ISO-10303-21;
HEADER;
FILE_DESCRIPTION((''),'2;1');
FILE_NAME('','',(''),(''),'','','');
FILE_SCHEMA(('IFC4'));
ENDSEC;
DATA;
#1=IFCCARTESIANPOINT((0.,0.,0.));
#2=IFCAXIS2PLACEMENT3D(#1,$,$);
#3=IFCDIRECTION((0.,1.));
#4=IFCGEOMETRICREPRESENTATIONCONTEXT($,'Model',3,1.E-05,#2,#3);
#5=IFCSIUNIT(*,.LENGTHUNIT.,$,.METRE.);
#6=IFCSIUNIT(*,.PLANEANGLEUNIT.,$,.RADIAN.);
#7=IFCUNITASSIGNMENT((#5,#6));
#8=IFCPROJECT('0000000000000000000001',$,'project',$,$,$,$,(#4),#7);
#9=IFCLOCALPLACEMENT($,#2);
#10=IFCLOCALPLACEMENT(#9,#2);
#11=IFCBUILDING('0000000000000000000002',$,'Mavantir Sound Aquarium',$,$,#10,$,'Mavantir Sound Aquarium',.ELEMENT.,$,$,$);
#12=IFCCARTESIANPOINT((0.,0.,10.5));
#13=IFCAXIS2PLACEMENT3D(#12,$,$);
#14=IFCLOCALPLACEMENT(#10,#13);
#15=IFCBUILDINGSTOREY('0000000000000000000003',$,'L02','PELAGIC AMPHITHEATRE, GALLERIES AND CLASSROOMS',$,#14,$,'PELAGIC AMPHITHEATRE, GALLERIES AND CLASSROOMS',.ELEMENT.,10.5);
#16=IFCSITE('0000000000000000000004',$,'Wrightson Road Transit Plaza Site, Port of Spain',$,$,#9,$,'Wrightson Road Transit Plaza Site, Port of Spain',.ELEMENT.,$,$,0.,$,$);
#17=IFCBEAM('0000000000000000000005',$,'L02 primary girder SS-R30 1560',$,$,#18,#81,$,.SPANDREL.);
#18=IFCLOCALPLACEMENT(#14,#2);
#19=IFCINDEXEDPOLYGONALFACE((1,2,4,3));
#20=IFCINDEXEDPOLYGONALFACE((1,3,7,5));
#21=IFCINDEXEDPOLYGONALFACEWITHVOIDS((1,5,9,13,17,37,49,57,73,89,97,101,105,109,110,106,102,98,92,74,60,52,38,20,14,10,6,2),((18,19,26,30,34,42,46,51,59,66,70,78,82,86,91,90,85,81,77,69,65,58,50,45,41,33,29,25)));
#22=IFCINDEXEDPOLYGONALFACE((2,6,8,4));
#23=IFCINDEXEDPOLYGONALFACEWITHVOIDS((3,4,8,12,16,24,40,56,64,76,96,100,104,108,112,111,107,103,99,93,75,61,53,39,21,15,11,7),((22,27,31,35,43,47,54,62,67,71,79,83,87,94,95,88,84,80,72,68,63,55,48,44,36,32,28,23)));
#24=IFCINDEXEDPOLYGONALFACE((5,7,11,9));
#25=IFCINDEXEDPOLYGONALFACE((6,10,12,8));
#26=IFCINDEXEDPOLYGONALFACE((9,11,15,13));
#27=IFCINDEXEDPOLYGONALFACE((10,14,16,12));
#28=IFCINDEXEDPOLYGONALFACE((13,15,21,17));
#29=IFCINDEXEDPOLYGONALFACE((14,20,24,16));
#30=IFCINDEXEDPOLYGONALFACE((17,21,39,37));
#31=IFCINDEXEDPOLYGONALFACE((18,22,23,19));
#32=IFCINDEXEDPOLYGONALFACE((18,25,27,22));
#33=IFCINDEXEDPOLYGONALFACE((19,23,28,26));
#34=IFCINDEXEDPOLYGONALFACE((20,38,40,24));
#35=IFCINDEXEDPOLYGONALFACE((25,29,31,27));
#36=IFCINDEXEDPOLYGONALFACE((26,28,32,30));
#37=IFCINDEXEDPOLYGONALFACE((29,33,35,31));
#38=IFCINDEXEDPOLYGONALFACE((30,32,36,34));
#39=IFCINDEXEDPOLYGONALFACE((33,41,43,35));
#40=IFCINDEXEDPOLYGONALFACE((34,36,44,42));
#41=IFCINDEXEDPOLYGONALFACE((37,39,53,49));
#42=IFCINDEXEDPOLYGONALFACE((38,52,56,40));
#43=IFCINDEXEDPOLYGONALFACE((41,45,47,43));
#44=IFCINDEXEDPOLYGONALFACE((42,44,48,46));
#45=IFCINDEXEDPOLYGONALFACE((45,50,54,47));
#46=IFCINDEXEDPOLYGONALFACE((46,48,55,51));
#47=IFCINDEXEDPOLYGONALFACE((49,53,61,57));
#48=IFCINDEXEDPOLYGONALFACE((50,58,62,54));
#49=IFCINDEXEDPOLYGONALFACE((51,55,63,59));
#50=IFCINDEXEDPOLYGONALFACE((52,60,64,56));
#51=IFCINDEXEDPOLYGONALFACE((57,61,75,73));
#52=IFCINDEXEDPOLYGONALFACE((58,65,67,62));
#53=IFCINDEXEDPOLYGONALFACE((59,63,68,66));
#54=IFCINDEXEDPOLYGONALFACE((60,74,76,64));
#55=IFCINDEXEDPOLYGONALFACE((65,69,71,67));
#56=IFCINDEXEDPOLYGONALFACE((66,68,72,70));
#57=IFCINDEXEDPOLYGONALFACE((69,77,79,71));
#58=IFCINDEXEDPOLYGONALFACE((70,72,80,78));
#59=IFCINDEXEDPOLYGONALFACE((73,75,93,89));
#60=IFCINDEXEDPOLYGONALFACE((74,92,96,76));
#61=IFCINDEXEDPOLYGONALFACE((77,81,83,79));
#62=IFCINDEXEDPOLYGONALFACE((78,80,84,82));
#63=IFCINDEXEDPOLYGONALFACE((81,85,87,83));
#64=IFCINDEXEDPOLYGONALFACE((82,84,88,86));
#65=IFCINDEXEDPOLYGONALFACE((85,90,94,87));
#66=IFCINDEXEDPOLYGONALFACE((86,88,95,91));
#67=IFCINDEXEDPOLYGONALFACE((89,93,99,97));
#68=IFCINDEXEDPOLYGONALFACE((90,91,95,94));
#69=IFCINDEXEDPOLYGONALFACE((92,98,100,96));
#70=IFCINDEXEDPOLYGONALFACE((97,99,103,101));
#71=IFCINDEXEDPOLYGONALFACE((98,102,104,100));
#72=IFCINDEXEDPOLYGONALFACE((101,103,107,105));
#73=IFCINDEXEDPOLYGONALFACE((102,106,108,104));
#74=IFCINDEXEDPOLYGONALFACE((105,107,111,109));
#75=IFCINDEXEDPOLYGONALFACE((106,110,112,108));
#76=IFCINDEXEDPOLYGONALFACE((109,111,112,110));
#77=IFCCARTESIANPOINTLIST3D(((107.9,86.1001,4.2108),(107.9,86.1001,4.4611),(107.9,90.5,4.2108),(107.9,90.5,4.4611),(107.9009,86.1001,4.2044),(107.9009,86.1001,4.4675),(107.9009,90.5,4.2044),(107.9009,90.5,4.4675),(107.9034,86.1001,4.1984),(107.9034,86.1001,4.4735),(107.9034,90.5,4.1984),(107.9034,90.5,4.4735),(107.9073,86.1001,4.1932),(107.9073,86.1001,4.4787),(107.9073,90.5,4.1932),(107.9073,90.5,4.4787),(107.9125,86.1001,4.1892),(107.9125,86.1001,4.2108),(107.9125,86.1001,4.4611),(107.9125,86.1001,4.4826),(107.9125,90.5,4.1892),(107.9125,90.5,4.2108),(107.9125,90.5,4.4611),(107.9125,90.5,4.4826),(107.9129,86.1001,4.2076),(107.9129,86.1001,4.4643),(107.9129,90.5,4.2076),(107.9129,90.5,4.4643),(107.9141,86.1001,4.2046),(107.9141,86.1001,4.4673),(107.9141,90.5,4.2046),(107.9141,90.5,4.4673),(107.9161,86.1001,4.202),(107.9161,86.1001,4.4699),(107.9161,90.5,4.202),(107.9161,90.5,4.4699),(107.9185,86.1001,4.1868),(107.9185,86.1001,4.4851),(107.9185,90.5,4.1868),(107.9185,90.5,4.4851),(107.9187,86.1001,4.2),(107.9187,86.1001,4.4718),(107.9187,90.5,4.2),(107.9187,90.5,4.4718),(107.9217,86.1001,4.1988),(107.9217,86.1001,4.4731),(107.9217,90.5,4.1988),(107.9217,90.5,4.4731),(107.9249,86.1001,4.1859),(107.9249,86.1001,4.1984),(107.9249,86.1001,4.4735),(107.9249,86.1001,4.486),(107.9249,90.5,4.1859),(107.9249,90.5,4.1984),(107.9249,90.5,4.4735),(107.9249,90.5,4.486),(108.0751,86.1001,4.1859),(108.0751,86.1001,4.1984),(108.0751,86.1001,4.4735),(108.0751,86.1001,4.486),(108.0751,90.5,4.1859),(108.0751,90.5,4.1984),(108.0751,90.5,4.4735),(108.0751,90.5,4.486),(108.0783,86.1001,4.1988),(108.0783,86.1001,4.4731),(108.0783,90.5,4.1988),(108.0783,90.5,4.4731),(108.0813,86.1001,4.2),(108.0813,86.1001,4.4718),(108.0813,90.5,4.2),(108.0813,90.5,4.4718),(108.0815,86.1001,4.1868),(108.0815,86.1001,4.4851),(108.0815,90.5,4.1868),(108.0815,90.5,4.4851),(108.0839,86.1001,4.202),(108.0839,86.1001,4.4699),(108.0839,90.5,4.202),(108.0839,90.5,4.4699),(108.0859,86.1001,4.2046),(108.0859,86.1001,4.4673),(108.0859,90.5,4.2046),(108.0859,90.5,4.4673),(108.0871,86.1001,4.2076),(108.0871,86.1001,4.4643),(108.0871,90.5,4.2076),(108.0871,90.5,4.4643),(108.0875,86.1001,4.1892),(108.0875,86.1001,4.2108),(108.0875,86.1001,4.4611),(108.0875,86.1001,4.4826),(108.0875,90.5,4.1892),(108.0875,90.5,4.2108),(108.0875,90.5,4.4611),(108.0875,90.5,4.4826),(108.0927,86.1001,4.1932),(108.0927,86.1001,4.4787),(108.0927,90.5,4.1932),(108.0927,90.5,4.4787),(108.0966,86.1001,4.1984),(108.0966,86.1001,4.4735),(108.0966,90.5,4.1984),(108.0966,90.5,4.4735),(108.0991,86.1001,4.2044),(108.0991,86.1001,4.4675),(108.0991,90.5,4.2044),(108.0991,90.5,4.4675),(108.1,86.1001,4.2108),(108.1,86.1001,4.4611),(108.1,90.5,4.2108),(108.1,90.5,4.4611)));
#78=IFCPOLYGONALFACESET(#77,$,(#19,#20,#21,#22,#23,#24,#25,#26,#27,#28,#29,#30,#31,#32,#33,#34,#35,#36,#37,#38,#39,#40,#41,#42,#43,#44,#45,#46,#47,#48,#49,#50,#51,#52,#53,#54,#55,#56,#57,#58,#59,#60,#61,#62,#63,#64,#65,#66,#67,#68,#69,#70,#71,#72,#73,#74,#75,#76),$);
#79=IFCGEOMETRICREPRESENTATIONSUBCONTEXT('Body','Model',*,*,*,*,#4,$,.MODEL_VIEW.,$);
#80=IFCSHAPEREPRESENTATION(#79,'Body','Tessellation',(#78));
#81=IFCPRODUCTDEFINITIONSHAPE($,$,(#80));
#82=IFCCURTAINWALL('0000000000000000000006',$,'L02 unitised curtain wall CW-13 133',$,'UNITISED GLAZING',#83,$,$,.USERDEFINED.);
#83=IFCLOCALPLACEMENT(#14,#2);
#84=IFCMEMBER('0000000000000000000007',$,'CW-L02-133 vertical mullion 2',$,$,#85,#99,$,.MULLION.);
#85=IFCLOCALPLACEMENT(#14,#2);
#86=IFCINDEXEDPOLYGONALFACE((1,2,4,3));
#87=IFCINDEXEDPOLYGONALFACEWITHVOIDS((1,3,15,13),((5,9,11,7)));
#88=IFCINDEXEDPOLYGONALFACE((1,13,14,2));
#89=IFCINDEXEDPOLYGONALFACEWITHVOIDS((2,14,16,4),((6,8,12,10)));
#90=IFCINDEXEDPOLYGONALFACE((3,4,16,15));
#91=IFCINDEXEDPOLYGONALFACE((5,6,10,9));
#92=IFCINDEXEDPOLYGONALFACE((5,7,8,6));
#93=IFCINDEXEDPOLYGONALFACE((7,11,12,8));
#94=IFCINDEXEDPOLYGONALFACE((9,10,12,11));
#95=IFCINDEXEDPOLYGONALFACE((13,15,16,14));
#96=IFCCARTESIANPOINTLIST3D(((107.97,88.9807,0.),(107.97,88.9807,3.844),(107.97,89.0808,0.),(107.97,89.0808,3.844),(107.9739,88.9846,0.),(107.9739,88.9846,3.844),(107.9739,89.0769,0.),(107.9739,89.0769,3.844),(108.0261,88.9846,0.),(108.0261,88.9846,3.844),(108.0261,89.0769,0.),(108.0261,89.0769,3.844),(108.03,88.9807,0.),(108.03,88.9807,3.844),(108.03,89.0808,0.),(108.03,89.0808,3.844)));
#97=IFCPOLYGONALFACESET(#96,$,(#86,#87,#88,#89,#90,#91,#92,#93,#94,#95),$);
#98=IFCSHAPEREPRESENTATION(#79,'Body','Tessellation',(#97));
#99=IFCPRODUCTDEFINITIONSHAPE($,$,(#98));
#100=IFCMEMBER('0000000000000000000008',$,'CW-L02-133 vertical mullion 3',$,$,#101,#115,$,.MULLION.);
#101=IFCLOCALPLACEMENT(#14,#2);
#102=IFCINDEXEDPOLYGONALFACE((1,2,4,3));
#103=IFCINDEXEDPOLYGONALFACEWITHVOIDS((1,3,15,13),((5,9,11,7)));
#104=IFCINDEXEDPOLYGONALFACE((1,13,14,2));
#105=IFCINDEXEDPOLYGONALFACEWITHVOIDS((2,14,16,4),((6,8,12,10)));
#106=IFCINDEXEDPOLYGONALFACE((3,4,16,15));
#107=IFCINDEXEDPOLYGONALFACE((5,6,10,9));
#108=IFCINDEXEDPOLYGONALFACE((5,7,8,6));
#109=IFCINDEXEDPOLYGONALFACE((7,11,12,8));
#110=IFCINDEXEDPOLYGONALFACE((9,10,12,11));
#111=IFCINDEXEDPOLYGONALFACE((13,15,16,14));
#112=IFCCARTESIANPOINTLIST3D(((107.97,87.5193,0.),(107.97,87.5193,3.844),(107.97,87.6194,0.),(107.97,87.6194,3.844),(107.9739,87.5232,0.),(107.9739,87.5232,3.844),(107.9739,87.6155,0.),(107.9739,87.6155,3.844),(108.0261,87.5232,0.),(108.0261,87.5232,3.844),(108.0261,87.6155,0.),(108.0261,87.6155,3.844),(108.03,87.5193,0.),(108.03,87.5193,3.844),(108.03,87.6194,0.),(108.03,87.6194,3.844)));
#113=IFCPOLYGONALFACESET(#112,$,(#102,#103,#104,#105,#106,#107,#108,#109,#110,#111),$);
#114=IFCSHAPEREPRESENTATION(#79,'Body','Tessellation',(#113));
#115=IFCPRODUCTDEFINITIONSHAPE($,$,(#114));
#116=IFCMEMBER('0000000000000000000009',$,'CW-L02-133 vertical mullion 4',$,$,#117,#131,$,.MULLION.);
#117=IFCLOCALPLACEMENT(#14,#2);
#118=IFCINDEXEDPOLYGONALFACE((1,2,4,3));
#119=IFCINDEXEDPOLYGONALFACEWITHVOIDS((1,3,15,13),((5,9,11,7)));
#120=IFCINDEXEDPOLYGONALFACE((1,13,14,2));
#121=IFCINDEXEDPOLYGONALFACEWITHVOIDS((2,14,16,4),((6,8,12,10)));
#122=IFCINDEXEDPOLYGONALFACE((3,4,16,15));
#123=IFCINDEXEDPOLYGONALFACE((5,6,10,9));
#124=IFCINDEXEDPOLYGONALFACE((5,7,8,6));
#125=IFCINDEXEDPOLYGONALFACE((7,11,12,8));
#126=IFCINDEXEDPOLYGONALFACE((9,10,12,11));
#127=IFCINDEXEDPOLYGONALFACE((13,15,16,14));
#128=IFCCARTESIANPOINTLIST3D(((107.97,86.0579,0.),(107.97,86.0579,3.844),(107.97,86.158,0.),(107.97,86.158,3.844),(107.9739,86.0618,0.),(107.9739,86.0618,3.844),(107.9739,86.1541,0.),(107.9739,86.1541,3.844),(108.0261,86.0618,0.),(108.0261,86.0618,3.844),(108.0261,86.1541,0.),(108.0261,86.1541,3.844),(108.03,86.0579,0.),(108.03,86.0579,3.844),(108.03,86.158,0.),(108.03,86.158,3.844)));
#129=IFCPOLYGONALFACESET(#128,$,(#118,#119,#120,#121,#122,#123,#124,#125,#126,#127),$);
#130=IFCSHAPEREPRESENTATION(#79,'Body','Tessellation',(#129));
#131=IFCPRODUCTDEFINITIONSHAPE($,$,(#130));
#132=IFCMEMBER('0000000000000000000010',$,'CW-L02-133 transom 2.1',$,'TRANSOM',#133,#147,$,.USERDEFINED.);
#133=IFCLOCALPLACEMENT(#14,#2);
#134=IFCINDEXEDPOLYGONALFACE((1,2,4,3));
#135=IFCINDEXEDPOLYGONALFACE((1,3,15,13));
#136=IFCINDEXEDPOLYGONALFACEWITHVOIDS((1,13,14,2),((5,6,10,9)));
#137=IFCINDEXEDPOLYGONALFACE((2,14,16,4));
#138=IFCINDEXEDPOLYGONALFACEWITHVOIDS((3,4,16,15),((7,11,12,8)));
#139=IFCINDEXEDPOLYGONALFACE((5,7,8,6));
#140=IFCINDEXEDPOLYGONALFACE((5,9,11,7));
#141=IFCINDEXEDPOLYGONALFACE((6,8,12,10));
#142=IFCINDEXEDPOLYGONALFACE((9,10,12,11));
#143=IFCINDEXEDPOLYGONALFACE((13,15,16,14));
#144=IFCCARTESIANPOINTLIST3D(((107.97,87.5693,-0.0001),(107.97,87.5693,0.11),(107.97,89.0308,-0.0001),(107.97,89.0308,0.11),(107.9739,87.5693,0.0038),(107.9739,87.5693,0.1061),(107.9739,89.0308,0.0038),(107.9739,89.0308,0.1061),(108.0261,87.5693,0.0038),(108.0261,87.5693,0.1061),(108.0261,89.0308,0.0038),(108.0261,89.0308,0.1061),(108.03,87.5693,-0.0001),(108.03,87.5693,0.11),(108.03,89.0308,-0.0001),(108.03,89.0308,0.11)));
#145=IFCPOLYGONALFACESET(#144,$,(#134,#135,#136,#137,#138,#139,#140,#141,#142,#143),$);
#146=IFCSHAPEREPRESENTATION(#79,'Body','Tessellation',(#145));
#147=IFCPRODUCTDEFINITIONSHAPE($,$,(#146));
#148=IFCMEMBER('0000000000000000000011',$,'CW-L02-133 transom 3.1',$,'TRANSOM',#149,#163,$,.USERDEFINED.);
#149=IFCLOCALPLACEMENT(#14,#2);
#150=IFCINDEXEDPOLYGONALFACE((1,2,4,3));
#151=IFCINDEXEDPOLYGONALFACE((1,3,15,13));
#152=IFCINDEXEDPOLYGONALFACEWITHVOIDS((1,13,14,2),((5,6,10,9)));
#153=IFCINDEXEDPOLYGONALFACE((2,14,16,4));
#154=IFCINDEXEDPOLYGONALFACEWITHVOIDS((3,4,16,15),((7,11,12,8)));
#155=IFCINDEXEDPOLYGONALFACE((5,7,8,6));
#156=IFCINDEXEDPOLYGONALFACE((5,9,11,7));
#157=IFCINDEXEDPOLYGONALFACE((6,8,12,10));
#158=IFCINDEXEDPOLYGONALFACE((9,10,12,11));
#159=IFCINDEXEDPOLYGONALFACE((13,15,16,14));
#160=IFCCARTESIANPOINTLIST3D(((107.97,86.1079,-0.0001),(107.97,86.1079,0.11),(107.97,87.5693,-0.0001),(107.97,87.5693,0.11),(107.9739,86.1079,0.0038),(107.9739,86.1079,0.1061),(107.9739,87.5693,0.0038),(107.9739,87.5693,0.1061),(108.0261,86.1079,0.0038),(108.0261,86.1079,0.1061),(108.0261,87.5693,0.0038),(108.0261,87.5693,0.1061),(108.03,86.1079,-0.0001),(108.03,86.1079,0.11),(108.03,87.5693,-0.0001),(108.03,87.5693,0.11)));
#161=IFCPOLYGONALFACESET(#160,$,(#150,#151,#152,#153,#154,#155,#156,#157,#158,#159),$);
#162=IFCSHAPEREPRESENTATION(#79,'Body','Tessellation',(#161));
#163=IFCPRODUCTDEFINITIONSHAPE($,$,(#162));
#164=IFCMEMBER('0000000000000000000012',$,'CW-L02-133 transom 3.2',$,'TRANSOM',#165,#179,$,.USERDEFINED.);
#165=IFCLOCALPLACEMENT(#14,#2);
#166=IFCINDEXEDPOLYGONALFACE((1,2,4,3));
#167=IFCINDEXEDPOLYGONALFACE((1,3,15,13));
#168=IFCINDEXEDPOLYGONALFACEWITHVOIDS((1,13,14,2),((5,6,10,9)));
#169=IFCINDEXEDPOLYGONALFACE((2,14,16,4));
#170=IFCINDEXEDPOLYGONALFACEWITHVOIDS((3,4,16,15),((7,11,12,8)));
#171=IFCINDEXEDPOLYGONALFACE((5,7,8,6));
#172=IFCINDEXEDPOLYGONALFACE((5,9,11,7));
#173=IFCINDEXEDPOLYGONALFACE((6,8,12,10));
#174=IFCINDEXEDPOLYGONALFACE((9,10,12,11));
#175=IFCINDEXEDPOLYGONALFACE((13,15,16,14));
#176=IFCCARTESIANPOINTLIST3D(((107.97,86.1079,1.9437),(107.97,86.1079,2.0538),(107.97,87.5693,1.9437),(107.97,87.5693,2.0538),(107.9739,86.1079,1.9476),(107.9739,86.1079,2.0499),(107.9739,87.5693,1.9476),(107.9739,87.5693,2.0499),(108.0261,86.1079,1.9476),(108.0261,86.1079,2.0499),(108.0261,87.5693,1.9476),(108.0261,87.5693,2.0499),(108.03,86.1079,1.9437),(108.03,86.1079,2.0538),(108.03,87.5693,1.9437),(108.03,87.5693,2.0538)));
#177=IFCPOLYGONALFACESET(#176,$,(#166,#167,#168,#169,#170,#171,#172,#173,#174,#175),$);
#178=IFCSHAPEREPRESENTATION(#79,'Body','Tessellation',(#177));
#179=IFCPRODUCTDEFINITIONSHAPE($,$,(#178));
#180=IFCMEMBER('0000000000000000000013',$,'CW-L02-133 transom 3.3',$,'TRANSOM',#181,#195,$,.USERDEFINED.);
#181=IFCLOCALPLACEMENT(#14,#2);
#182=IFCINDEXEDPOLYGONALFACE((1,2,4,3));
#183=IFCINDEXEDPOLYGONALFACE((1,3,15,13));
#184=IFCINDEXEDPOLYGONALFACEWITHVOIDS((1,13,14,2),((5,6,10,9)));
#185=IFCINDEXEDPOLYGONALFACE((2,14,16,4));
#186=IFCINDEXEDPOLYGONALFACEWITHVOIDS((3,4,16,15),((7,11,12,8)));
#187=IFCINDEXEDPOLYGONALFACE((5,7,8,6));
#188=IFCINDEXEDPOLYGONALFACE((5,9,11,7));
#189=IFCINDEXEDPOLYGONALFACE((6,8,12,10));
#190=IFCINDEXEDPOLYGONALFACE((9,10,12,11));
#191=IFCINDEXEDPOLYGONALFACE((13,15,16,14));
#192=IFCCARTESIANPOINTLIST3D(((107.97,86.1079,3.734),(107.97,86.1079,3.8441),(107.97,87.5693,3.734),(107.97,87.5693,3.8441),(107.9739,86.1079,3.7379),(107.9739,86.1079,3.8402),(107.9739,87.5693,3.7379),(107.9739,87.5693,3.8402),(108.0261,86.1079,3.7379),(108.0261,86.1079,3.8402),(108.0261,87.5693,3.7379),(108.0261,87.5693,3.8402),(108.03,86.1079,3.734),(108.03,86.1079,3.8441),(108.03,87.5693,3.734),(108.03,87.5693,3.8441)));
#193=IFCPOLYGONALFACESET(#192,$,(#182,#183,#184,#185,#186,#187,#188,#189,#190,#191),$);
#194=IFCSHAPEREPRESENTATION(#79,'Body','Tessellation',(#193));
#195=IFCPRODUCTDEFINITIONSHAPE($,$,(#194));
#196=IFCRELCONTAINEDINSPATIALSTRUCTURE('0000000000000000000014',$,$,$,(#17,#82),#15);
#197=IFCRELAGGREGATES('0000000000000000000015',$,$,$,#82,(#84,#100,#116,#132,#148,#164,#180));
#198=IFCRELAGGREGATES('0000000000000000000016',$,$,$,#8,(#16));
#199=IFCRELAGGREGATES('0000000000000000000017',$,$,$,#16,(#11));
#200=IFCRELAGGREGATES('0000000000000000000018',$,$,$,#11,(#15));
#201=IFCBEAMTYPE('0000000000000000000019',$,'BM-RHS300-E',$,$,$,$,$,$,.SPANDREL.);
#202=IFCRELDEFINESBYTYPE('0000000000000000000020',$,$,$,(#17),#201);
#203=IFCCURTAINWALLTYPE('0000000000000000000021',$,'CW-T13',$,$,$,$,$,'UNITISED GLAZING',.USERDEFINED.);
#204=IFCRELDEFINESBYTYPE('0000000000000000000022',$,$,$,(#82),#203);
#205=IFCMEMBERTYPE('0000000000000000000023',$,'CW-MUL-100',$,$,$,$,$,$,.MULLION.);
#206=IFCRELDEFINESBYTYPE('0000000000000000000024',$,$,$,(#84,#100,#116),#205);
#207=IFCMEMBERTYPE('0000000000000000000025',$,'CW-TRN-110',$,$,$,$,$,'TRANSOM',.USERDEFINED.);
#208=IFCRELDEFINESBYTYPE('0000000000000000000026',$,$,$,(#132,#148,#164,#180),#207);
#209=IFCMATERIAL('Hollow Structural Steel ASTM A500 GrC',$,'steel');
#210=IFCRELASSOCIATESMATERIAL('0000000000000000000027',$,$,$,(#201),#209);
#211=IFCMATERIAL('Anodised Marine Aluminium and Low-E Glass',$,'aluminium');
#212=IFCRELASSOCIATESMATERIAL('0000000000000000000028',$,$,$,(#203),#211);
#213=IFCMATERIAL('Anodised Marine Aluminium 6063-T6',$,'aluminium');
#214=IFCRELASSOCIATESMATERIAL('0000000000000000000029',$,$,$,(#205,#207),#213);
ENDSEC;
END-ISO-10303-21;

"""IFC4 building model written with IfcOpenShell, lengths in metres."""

from ifc_helpers import new_model, si_unit, direction, frame, origin, origin_2d, place, context, subcontext, project, spatial, hollow_rectangle, extrude, material, material_profile, profile_set, type_object, element, aggregate, save


model = new_model("IFC4")

# Units and contexts
model_context = context("Model", 3, precision=1e-05, world=origin(), true_north=direction((0.0, 1.0)))
body_context = subcontext(model_context, "Body", "Model", "MODEL_VIEW")
ifc_project = project(units=[si_unit("LENGTHUNIT", "METRE"), si_unit("PLANEANGLEUNIT", "RADIAN")], contexts=[model_context])

# Site, building, storey
site_placement = place(None, origin())
site = spatial("IfcSite", under=ifc_project, at=site_placement, Name="Wrightson Road Transit Plaza Site, Port of Spain", LongName="Wrightson Road Transit Plaza Site, Port of Spain", CompositionType="ELEMENT", RefElevation=0.0)
building_placement = place(site_placement, origin())
building = spatial("IfcBuilding", under=site, at=building_placement, Name="Mavantir Sound Aquarium", LongName="Mavantir Sound Aquarium", CompositionType="ELEMENT")
storey_placement = place(building_placement, frame((0.0, 0.0, 10.5)))
storey = spatial("IfcBuildingStorey", under=building, at=storey_placement, Name="L02", Description="PELAGIC AMPHITHEATRE, GALLERIES AND CLASSROOMS", LongName="PELAGIC AMPHITHEATRE, GALLERIES AND CLASSROOMS", CompositionType="ELEMENT", Elevation=10.5)

# Beam
ifc_material_1 = material(Name="Hollow Structural Steel ASTM A500 GrC", Category="steel")
ifc_material_profile_1 = material_profile(ifc_material_1, hollow_rectangle(XDim=0.2, YDim=0.3, WallThickness=0.0125, InnerFilletRadius=0.0125, OuterFilletRadius=0.0249, at=origin_2d()), Name="RHS 300X200X12.5")
ifc_profile_set_1 = profile_set([ifc_material_profile_1], Name="Hollow Structural Steel ASTM A500 GrC")
beam_type = type_object("IfcBeamType", Name="BM-RHS300-E", PredefinedType="SPANDREL", material=ifc_profile_set_1)
for number, where, z_axis, x_axis, name in (
    (1, (108.0, 86.1001, 4.3359), (0.0, 1.0, 0.0), (-1.0, 0.0, 0.0), "L02 primary girder SS-R30 1560"),
):
    element("IfcBeam", number, at=place(storey_placement, frame(where, z_axis=z_axis, x_axis=x_axis)), inside=storey, type_object=beam_type, Name=name, PredefinedType="SPANDREL", context=body_context, shape_type="SweptSolid", body=[
        extrude(hollow_rectangle(XDim=0.2, YDim=0.3, WallThickness=0.0125, InnerFilletRadius=0.0125, OuterFilletRadius=0.0249, at=origin_2d()), origin(), (0.0, 0.0, 1.0), 4.3999),
    ])

# Curtain wall, members
ifc_material_2 = material(Name="Anodised Marine Aluminium and Low-E Glass", Category="aluminium")
curtain_wall_type = type_object("IfcCurtainWallType", Name="CW-T13", ElementType="UNITISED GLAZING", PredefinedType="USERDEFINED", material=ifc_material_2)
curtain_wall_placement = place(storey_placement, origin())
curtain_wall = element("IfcCurtainWall", 2, at=curtain_wall_placement, inside=storey, type_object=curtain_wall_type, Name="L02 unitised curtain wall CW-13 133", ObjectType="UNITISED GLAZING", PredefinedType="USERDEFINED")
ifc_material_3 = material(Name="Anodised Marine Aluminium 6063-T6", Category="aluminium")
ifc_material_profile_2 = material_profile(ifc_material_3, hollow_rectangle(XDim=0.0601, YDim=0.1001, WallThickness=0.0039, at=origin_2d()), Name="ALU-MULLION-100X60")
ifc_profile_set_2 = profile_set([ifc_material_profile_2], Name="Anodised Marine Aluminium 6063-T6")
member_type_1 = type_object("IfcMemberType", Name="CW-MUL-100", PredefinedType="MULLION", material=ifc_profile_set_2)
member_1_placement = place(storey_placement, frame((108.0, 89.0308, 0.0), z_axis=(0.0, 0.0, 1.0), x_axis=(1.0, 0.0, 0.0)))
member_1 = element("IfcMember", 3, at=member_1_placement, type_object=member_type_1, Name="CW-L02-133 vertical mullion 2", PredefinedType="MULLION", context=body_context, shape_type="SweptSolid", body=[
    extrude(hollow_rectangle(XDim=0.0601, YDim=0.1001, WallThickness=0.0039, at=origin_2d()), origin(), (0.0, 0.0, 1.0), 3.844),
])
member_2_placement = place(storey_placement, frame((108.0, 87.5693, 0.0), z_axis=(0.0, 0.0, 1.0), x_axis=(1.0, 0.0, 0.0)))
member_2 = element("IfcMember", 4, at=member_2_placement, type_object=member_type_1, Name="CW-L02-133 vertical mullion 3", PredefinedType="MULLION", context=body_context, shape_type="SweptSolid", body=[
    extrude(hollow_rectangle(XDim=0.0601, YDim=0.1001, WallThickness=0.0039, at=origin_2d()), origin(), (0.0, 0.0, 1.0), 3.844),
])
member_3_placement = place(storey_placement, frame((108.0, 86.1079, 0.0), z_axis=(0.0, 0.0, 1.0), x_axis=(1.0, 0.0, 0.0)))
member_3 = element("IfcMember", 5, at=member_3_placement, type_object=member_type_1, Name="CW-L02-133 vertical mullion 4", PredefinedType="MULLION", context=body_context, shape_type="SweptSolid", body=[
    extrude(hollow_rectangle(XDim=0.0601, YDim=0.1001, WallThickness=0.0039, at=origin_2d()), origin(), (0.0, 0.0, 1.0), 3.844),
])
ifc_material_profile_3 = material_profile(ifc_material_3, hollow_rectangle(XDim=0.0601, YDim=0.1101, WallThickness=0.0039, at=origin_2d()), Name="ALU-TRANSOM-110X60")
ifc_profile_set_3 = profile_set([ifc_material_profile_3], Name="Anodised Marine Aluminium 6063-T6")
member_type_2 = type_object("IfcMemberType", Name="CW-TRN-110", ElementType="TRANSOM", PredefinedType="USERDEFINED", material=ifc_profile_set_3)
member_4_placement = place(storey_placement, frame((108.0, 89.0308, 0.0549), z_axis=(0.0, -1.0, 0.0), x_axis=(1.0, 0.0, 0.0)))
member_4 = element("IfcMember", 6, at=member_4_placement, type_object=member_type_2, Name="CW-L02-133 transom 2.1", ObjectType="TRANSOM", PredefinedType="USERDEFINED", context=body_context, shape_type="SweptSolid", body=[
    extrude(hollow_rectangle(XDim=0.0601, YDim=0.1101, WallThickness=0.0039, at=origin_2d()), origin(), (0.0, 0.0, 1.0), 1.4614),
])
member_5_placement = place(storey_placement, frame((108.0, 87.5693, 0.0549), z_axis=(0.0, -1.0, 0.0), x_axis=(1.0, 0.0, 0.0)))
member_5 = element("IfcMember", 7, at=member_5_placement, type_object=member_type_2, Name="CW-L02-133 transom 3.1", ObjectType="TRANSOM", PredefinedType="USERDEFINED", context=body_context, shape_type="SweptSolid", body=[
    extrude(hollow_rectangle(XDim=0.0601, YDim=0.1101, WallThickness=0.0039, at=origin_2d()), origin(), (0.0, 0.0, 1.0), 1.4614),
])
member_6_placement = place(storey_placement, frame((108.0, 87.5693, 1.9988), z_axis=(0.0, -1.0, 0.0), x_axis=(1.0, 0.0, 0.0)))
member_6 = element("IfcMember", 8, at=member_6_placement, type_object=member_type_2, Name="CW-L02-133 transom 3.2", ObjectType="TRANSOM", PredefinedType="USERDEFINED", context=body_context, shape_type="SweptSolid", body=[
    extrude(hollow_rectangle(XDim=0.0601, YDim=0.1101, WallThickness=0.0039, at=origin_2d()), origin(), (0.0, 0.0, 1.0), 1.4614),
])
member_7_placement = place(storey_placement, frame((108.0, 87.5693, 3.7891), z_axis=(0.0, -1.0, 0.0), x_axis=(1.0, 0.0, 0.0)))
member_7 = element("IfcMember", 9, at=member_7_placement, type_object=member_type_2, Name="CW-L02-133 transom 3.3", ObjectType="TRANSOM", PredefinedType="USERDEFINED", context=body_context, shape_type="SweptSolid", body=[
    extrude(hollow_rectangle(XDim=0.0601, YDim=0.1101, WallThickness=0.0039, at=origin_2d()), origin(), (0.0, 0.0, 1.0), 1.4614),
])
aggregate(curtain_wall, [member_1, member_2, member_3, member_4, member_5, member_6, member_7])

save(model, "model.ifc")
